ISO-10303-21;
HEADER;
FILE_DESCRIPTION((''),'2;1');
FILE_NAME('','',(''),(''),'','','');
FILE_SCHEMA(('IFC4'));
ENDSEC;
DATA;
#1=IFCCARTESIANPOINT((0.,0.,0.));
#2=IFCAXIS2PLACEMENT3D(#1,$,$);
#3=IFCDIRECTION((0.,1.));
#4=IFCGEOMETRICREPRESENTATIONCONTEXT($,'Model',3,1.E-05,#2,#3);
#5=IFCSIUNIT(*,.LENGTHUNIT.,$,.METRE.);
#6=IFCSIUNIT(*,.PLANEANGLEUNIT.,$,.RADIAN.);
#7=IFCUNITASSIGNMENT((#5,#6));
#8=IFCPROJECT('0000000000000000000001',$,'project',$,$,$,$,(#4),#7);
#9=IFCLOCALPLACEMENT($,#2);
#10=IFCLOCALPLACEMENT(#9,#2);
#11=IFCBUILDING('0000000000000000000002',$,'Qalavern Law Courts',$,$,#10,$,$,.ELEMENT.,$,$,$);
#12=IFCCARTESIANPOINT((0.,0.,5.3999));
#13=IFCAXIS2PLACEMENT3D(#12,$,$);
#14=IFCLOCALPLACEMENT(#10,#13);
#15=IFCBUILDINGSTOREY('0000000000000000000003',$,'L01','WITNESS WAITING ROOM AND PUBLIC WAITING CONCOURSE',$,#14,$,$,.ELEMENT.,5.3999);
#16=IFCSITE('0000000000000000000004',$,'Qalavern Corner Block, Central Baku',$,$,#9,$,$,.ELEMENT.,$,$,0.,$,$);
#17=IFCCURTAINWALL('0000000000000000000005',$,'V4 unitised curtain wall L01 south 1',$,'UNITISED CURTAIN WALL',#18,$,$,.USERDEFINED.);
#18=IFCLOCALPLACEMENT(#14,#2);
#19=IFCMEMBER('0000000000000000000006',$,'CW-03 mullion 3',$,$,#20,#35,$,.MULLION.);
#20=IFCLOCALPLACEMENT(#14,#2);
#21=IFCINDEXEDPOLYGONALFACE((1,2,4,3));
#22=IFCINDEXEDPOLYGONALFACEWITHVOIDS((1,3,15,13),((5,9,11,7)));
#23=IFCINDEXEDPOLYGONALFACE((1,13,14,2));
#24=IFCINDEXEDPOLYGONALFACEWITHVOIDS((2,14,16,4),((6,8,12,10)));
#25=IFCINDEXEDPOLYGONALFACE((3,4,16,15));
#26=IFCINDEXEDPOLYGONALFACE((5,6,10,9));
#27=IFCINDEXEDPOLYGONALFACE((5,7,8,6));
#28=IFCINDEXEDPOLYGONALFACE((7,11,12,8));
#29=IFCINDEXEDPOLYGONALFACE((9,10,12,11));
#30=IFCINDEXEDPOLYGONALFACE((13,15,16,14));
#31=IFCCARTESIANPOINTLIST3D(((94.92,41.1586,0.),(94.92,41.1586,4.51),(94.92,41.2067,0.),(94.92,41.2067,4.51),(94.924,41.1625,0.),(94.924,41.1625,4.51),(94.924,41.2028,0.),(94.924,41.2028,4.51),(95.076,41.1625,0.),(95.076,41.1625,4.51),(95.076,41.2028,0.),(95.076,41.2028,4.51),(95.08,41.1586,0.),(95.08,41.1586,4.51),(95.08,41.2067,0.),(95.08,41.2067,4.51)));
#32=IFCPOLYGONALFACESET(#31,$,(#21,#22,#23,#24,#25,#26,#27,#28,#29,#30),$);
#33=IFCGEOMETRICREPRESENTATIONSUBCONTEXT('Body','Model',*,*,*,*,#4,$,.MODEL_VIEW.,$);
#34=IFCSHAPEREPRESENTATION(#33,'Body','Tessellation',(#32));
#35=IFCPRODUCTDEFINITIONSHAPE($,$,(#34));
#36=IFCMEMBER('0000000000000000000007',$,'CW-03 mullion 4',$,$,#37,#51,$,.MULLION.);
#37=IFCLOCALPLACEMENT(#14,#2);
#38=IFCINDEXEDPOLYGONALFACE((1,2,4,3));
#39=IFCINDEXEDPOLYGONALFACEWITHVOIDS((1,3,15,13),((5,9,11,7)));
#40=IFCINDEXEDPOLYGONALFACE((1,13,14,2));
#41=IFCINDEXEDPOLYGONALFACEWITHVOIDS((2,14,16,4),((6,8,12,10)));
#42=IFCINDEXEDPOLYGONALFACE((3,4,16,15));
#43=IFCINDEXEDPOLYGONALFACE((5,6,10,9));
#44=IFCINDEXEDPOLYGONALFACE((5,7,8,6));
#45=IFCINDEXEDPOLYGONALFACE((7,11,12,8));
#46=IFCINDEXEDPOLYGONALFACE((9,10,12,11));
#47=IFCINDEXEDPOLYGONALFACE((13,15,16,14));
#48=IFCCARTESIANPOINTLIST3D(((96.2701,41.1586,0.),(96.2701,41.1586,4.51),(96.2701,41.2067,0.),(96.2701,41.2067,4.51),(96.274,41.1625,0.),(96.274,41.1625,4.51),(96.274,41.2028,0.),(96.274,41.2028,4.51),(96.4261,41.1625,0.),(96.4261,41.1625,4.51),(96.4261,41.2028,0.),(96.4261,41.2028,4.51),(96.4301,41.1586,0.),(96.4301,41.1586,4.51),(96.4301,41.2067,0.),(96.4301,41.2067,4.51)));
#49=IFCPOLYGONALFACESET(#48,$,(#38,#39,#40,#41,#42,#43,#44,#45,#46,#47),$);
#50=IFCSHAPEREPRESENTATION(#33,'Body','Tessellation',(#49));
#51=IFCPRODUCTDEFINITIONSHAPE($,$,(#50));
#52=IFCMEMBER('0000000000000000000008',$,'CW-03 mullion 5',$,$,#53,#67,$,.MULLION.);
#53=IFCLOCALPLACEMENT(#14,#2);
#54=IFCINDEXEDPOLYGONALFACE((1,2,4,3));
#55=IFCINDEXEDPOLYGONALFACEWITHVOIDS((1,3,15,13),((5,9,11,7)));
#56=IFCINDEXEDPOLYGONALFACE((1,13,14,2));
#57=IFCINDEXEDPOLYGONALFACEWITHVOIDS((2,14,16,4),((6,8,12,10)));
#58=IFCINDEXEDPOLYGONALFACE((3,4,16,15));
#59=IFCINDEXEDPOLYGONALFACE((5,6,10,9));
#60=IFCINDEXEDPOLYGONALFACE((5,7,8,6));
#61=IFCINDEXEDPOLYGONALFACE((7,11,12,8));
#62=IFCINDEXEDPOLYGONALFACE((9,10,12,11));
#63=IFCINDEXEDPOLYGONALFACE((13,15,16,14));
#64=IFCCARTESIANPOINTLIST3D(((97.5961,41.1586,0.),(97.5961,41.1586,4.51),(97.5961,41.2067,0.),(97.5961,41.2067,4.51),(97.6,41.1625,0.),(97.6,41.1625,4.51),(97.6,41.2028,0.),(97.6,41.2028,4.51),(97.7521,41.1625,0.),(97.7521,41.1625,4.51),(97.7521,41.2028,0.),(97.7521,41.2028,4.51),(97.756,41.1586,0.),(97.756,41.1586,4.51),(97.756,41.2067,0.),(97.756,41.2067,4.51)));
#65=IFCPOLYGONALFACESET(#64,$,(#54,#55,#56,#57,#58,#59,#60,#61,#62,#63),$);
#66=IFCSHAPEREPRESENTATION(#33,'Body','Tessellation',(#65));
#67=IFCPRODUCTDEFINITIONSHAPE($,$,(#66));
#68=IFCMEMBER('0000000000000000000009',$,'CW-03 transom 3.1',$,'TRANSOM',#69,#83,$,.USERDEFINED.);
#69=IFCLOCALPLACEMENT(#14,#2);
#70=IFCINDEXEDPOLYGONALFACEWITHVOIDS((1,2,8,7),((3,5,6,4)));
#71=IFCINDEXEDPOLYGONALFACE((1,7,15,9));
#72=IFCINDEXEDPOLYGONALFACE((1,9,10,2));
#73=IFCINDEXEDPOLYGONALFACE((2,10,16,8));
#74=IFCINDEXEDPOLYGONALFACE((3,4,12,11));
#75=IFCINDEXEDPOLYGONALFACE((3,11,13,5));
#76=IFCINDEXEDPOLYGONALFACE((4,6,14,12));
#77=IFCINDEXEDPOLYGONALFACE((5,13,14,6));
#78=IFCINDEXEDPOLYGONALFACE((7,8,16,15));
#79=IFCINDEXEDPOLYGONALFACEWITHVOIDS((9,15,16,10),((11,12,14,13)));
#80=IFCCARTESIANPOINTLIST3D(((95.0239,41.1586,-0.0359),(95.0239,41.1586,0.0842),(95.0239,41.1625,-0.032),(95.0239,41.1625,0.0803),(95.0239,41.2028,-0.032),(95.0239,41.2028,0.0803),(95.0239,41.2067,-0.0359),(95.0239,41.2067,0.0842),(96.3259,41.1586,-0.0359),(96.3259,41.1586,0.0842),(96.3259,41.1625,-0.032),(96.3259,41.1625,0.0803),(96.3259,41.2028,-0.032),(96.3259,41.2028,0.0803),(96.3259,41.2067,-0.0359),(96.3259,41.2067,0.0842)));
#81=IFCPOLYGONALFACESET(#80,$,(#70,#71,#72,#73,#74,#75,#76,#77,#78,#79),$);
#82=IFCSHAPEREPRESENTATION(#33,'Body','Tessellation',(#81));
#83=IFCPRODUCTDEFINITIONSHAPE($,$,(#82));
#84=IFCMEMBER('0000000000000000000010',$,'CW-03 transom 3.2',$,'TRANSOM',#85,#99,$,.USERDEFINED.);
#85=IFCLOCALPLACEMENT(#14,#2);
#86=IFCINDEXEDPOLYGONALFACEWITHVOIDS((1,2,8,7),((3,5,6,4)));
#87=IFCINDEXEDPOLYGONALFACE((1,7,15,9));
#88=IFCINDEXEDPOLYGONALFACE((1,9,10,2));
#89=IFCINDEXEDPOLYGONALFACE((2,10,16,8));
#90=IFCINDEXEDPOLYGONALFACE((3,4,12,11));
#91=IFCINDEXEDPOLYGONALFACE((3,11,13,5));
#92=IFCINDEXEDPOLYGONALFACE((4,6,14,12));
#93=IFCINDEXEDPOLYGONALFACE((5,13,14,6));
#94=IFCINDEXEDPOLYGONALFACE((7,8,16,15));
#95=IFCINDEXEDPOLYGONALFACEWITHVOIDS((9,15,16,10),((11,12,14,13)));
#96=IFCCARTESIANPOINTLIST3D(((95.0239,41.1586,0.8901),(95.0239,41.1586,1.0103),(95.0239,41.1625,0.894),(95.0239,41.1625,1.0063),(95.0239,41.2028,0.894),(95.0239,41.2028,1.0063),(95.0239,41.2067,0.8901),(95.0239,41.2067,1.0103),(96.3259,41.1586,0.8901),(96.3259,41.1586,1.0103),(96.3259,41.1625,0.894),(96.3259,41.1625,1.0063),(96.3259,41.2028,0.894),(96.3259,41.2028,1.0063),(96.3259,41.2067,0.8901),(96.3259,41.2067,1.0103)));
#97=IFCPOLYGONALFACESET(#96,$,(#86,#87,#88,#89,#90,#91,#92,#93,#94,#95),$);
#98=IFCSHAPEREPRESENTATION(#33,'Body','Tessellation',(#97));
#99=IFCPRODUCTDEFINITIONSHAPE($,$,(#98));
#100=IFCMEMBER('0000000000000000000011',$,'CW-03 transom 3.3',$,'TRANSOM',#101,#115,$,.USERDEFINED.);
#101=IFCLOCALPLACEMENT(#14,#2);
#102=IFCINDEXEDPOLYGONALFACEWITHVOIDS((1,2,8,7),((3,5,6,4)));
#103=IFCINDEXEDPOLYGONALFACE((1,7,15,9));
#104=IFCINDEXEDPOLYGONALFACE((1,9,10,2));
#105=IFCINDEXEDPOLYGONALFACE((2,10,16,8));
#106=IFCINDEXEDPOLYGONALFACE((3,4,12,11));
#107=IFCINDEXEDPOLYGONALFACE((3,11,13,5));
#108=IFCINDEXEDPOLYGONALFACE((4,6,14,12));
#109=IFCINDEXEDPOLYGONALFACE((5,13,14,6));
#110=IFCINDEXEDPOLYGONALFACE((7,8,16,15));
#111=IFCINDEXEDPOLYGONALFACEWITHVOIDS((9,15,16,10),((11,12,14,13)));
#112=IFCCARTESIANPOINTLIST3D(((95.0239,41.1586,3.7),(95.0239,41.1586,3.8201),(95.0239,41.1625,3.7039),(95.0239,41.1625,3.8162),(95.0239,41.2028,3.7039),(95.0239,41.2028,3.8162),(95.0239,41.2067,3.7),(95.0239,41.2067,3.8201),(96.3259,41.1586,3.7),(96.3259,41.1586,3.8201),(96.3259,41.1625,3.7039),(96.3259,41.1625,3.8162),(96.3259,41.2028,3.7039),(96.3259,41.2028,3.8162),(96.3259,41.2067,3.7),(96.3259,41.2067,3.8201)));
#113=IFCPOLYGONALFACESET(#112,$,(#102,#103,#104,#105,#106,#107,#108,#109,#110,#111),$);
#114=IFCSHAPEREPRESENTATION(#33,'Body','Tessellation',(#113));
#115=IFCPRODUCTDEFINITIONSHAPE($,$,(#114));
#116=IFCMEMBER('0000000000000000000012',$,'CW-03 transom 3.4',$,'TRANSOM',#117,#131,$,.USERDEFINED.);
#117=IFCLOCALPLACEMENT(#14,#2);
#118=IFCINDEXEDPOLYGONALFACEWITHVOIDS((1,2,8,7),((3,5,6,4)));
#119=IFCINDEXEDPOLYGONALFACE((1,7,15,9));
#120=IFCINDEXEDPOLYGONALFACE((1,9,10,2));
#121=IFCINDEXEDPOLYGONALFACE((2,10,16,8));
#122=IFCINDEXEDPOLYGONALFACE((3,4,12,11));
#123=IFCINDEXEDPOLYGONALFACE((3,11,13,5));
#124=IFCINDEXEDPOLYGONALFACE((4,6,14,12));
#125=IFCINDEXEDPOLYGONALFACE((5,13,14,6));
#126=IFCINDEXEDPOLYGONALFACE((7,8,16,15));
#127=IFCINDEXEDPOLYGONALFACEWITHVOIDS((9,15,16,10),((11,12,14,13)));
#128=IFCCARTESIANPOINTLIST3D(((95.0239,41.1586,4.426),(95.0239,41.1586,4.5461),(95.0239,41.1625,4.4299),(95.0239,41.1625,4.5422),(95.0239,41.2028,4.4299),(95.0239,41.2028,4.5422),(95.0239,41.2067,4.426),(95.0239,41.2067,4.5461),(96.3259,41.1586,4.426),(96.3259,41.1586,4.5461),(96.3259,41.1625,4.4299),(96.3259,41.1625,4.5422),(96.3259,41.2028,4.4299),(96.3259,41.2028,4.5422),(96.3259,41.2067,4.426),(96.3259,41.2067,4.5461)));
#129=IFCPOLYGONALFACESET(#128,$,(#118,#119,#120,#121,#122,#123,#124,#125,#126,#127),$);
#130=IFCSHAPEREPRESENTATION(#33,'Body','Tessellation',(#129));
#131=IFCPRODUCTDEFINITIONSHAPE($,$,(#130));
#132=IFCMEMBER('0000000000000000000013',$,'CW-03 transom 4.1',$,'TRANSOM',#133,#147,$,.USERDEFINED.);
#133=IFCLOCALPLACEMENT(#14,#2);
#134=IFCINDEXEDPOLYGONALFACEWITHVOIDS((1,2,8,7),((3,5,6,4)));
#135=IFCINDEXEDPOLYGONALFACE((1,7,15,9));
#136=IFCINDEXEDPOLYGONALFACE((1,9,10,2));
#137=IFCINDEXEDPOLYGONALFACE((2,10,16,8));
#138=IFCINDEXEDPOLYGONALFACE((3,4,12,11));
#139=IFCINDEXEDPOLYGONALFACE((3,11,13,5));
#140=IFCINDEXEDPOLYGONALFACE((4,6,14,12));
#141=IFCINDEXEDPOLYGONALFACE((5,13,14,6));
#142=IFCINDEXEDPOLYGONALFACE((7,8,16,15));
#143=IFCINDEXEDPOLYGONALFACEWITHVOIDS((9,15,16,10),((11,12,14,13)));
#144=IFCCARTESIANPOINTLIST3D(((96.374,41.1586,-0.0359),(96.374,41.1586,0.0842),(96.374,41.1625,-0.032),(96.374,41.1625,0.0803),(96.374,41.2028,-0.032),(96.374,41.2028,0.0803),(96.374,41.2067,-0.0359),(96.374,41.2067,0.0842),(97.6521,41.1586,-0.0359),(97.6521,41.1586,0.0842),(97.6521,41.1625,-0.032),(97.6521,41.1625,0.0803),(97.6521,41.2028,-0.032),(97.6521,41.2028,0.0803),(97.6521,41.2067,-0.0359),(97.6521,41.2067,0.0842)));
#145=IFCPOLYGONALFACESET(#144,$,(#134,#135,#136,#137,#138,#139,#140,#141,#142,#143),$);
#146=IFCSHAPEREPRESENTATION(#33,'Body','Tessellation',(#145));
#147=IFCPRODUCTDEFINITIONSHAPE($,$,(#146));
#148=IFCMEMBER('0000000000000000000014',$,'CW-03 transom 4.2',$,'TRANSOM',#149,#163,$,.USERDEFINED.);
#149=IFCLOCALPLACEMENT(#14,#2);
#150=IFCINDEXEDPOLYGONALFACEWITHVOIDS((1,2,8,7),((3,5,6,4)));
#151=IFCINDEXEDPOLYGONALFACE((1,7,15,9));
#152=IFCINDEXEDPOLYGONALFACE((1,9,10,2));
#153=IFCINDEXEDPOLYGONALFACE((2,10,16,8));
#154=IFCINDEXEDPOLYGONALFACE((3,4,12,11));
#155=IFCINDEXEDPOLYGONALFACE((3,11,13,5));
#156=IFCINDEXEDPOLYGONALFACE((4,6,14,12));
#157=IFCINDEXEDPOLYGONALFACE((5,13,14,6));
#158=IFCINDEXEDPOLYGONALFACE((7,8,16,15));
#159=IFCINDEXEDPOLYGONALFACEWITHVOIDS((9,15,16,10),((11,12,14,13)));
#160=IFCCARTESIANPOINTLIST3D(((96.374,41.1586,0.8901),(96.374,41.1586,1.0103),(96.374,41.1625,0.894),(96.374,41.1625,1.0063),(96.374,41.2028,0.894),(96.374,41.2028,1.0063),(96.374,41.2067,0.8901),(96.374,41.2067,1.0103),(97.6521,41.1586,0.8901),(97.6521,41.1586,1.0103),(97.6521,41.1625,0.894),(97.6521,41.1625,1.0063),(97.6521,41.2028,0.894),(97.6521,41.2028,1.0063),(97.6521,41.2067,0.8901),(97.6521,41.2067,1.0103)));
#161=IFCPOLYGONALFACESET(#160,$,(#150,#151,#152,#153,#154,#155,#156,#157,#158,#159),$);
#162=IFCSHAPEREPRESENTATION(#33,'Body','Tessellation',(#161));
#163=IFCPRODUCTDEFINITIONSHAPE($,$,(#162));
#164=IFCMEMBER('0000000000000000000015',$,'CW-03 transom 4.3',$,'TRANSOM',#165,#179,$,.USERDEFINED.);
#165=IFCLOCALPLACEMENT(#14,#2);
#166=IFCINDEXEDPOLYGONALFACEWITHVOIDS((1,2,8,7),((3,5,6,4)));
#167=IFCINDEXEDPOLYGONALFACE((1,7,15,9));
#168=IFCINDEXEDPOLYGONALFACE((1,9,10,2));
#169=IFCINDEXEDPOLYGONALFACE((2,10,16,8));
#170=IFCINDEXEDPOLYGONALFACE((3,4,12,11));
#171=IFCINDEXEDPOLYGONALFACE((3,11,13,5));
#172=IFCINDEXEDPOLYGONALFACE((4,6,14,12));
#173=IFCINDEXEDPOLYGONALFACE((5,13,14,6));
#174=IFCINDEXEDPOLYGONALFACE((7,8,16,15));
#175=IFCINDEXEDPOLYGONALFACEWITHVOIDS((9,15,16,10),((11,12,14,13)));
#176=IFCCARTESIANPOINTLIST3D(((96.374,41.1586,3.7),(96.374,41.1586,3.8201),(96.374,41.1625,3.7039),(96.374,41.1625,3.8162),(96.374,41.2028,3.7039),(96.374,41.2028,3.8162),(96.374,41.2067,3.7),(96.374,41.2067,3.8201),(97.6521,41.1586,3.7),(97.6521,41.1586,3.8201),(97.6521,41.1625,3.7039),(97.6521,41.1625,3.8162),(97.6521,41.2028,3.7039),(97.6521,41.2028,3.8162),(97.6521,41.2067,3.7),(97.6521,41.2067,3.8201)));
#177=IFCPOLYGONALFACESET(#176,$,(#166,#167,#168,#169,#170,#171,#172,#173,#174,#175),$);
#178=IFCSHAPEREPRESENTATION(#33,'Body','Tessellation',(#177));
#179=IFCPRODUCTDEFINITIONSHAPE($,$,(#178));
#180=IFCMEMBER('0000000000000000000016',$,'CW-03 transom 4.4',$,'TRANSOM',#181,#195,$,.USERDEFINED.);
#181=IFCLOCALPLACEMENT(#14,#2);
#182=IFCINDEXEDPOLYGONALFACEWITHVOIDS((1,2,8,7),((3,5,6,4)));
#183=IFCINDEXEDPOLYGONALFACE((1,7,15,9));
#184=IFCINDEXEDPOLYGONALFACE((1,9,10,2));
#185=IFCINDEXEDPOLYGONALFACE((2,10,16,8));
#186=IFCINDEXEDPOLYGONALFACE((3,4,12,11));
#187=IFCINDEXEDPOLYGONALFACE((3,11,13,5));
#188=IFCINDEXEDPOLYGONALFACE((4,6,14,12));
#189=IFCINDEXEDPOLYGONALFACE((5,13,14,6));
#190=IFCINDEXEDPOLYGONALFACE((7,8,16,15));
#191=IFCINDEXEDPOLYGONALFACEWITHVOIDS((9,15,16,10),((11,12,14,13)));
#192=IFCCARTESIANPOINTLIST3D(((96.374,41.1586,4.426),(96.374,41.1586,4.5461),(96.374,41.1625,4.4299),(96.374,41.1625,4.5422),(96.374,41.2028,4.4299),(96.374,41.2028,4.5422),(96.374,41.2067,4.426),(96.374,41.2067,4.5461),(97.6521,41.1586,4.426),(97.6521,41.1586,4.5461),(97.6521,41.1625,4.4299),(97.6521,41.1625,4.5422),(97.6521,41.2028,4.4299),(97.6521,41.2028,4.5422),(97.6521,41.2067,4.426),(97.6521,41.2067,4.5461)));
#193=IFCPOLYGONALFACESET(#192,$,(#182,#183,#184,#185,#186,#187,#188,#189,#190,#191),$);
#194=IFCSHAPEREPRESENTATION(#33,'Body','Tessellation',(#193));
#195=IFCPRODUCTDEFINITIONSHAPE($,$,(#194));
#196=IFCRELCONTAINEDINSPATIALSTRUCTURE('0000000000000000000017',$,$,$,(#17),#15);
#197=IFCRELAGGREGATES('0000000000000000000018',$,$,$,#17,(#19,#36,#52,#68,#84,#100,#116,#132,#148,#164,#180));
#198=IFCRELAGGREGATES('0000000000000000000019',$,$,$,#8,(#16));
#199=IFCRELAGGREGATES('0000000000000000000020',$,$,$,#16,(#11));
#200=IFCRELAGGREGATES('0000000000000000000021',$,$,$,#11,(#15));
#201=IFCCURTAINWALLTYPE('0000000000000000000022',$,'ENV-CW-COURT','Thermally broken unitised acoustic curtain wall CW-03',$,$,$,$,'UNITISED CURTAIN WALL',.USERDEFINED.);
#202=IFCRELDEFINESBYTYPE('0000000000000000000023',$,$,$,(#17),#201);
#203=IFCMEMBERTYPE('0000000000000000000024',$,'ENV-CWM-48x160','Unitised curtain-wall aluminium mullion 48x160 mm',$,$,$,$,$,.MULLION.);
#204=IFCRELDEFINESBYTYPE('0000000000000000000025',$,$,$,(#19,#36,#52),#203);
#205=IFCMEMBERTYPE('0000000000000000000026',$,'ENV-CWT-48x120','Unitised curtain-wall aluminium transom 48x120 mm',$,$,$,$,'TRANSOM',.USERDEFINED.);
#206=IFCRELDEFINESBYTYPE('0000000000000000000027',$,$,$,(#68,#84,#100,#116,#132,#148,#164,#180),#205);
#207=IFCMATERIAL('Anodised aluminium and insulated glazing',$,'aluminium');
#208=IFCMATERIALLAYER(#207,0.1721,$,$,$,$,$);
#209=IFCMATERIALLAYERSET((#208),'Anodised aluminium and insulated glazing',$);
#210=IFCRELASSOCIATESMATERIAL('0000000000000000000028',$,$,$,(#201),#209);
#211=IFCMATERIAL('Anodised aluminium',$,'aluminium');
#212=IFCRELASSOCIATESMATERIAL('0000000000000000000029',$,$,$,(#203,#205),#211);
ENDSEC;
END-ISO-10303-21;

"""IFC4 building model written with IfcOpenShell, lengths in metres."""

from ifc_helpers import new_model, si_unit, direction, frame, origin, origin_2d, place, context, subcontext, project, spatial, hollow_rectangle, extrude, material, layer, layer_set, material_profile, profile_set, type_object, element, aggregate, save


model = new_model("IFC4")

# Units and contexts
model_context = context("Model", 3, precision=1e-05, world=origin(), true_north=direction((0.0, 1.0)))
body_context = subcontext(model_context, "Body", "Model", "MODEL_VIEW")
ifc_project = project(units=[si_unit("LENGTHUNIT", "METRE"), si_unit("PLANEANGLEUNIT", "RADIAN")], contexts=[model_context])

# Site, building, storey
site_placement = place(None, origin())
site = spatial("IfcSite", under=ifc_project, at=site_placement, Name="Qalavern Corner Block, Central Baku", CompositionType="ELEMENT", RefElevation=0.0)
building_placement = place(site_placement, origin())
building = spatial("IfcBuilding", under=site, at=building_placement, Name="Qalavern Law Courts", CompositionType="ELEMENT")
storey_placement = place(building_placement, frame((0.0, 0.0, 5.3999)))
storey = spatial("IfcBuildingStorey", under=building, at=storey_placement, Name="L01", Description="WITNESS WAITING ROOM AND PUBLIC WAITING CONCOURSE", CompositionType="ELEMENT", Elevation=5.3999)

# Curtain wall, members
ifc_material_1 = material(Name="Anodised aluminium and insulated glazing", Category="aluminium")
ifc_layer_1 = layer(ifc_material_1, 0.1721)
ifc_layer_set_1 = layer_set([ifc_layer_1], Name="Anodised aluminium and insulated glazing")
curtain_wall_type = type_object("IfcCurtainWallType", Name="ENV-CW-COURT", Description="Thermally broken unitised acoustic curtain wall CW-03", ElementType="UNITISED CURTAIN WALL", PredefinedType="USERDEFINED", material=ifc_layer_set_1)
curtain_wall_placement = place(storey_placement, origin())
curtain_wall = element("IfcCurtainWall", 1, at=curtain_wall_placement, inside=storey, type_object=curtain_wall_type, Name="V4 unitised curtain wall L01 south 1", ObjectType="UNITISED CURTAIN WALL", PredefinedType="USERDEFINED")
ifc_material_2 = material(Name="Anodised aluminium", Category="aluminium")
ifc_material_profile_1 = material_profile(ifc_material_2, hollow_rectangle(XDim=0.0481, YDim=0.1599, WallThickness=0.0039, at=origin_2d()), Name="ALU MULLION 48x160")
ifc_profile_set_1 = profile_set([ifc_material_profile_1], Name="Anodised aluminium")
member_type_1 = type_object("IfcMemberType", Name="ENV-CWM-48x160", Description="Unitised curtain-wall aluminium mullion 48x160 mm", PredefinedType="MULLION", material=ifc_profile_set_1)
member_1_placement = place(storey_placement, frame((95.0, 41.1826, 0.0), z_axis=(0.0, 0.0, 1.0), x_axis=(0.0, 1.0, 0.0)))
member_1 = element("IfcMember", 2, at=member_1_placement, type_object=member_type_1, Name="CW-03 mullion 3", PredefinedType="MULLION", context=body_context, shape_type="SweptSolid", body=[
    extrude(hollow_rectangle(XDim=0.0481, YDim=0.1599, WallThickness=0.0039, at=origin_2d()), origin(), (0.0, 0.0, 1.0), 4.51),
])
member_2_placement = place(storey_placement, frame((96.3501, 41.1826, 0.0), z_axis=(0.0, 0.0, 1.0), x_axis=(0.0, 1.0, 0.0)))
member_2 = element("IfcMember", 3, at=member_2_placement, type_object=member_type_1, Name="CW-03 mullion 4", PredefinedType="MULLION", context=body_context, shape_type="SweptSolid", body=[
    extrude(hollow_rectangle(XDim=0.0481, YDim=0.1599, WallThickness=0.0039, at=origin_2d()), origin(), (0.0, 0.0, 1.0), 4.51),
])
member_3_placement = place(storey_placement, frame((97.676, 41.1826, 0.0), z_axis=(0.0, 0.0, 1.0), x_axis=(0.0, 1.0, 0.0)))
member_3 = element("IfcMember", 4, at=member_3_placement, type_object=member_type_1, Name="CW-03 mullion 5", PredefinedType="MULLION", context=body_context, shape_type="SweptSolid", body=[
    extrude(hollow_rectangle(XDim=0.0481, YDim=0.1599, WallThickness=0.0039, at=origin_2d()), origin(), (0.0, 0.0, 1.0), 4.51),
])
ifc_material_profile_2 = material_profile(ifc_material_2, hollow_rectangle(XDim=0.0481, YDim=0.1201, WallThickness=0.0039, at=origin_2d()), Name="ALU TRANSOM 48x120")
ifc_profile_set_2 = profile_set([ifc_material_profile_2], Name="Anodised aluminium")
member_type_2 = type_object("IfcMemberType", Name="ENV-CWT-48x120", Description="Unitised curtain-wall aluminium transom 48x120 mm", ElementType="TRANSOM", PredefinedType="USERDEFINED", material=ifc_profile_set_2)
member_4_placement = place(storey_placement, frame((95.0239, 41.1826, 0.0242), z_axis=(1.0, 0.0, 0.0), x_axis=(0.0, 1.0, 0.0)))
member_4 = element("IfcMember", 5, at=member_4_placement, type_object=member_type_2, Name="CW-03 transom 3.1", ObjectType="TRANSOM", PredefinedType="USERDEFINED", context=body_context, shape_type="SweptSolid", body=[
    extrude(hollow_rectangle(XDim=0.0481, YDim=0.1201, WallThickness=0.0039, at=origin_2d()), origin(), (0.0, 0.0, 1.0), 1.302),
])
member_5_placement = place(storey_placement, frame((95.0239, 41.1826, 0.9502), z_axis=(1.0, 0.0, 0.0), x_axis=(0.0, 1.0, 0.0)))
member_5 = element("IfcMember", 6, at=member_5_placement, type_object=member_type_2, Name="CW-03 transom 3.2", ObjectType="TRANSOM", PredefinedType="USERDEFINED", context=body_context, shape_type="SweptSolid", body=[
    extrude(hollow_rectangle(XDim=0.0481, YDim=0.1201, WallThickness=0.0039, at=origin_2d()), origin(), (0.0, 0.0, 1.0), 1.302),
])
member_6_placement = place(storey_placement, frame((95.0239, 41.1826, 3.76), z_axis=(1.0, 0.0, 0.0), x_axis=(0.0, 1.0, 0.0)))
member_6 = element("IfcMember", 7, at=member_6_placement, type_object=member_type_2, Name="CW-03 transom 3.3", ObjectType="TRANSOM", PredefinedType="USERDEFINED", context=body_context, shape_type="SweptSolid", body=[
    extrude(hollow_rectangle(XDim=0.0481, YDim=0.1201, WallThickness=0.0039, at=origin_2d()), origin(), (0.0, 0.0, 1.0), 1.302),
])
member_7_placement = place(storey_placement, frame((95.0239, 41.1826, 4.4861), z_axis=(1.0, 0.0, 0.0), x_axis=(0.0, 1.0, 0.0)))
member_7 = element("IfcMember", 8, at=member_7_placement, type_object=member_type_2, Name="CW-03 transom 3.4", ObjectType="TRANSOM", PredefinedType="USERDEFINED", context=body_context, shape_type="SweptSolid", body=[
    extrude(hollow_rectangle(XDim=0.0481, YDim=0.1201, WallThickness=0.0039, at=origin_2d()), origin(), (0.0, 0.0, 1.0), 1.302),
])
member_8_placement = place(storey_placement, frame((96.374, 41.1826, 0.0242), z_axis=(1.0, 0.0, 0.0), x_axis=(0.0, 1.0, 0.0)))
member_8 = element("IfcMember", 9, at=member_8_placement, type_object=member_type_2, Name="CW-03 transom 4.1", ObjectType="TRANSOM", PredefinedType="USERDEFINED", context=body_context, shape_type="SweptSolid", body=[
    extrude(hollow_rectangle(XDim=0.0481, YDim=0.1201, WallThickness=0.0039, at=origin_2d()), origin(), (0.0, 0.0, 1.0), 1.2781),
])
member_9_placement = place(storey_placement, frame((96.374, 41.1826, 0.9502), z_axis=(1.0, 0.0, 0.0), x_axis=(0.0, 1.0, 0.0)))
member_9 = element("IfcMember", 10, at=member_9_placement, type_object=member_type_2, Name="CW-03 transom 4.2", ObjectType="TRANSOM", PredefinedType="USERDEFINED", context=body_context, shape_type="SweptSolid", body=[
    extrude(hollow_rectangle(XDim=0.0481, YDim=0.1201, WallThickness=0.0039, at=origin_2d()), origin(), (0.0, 0.0, 1.0), 1.2781),
])
member_10_placement = place(storey_placement, frame((96.374, 41.1826, 3.76), z_axis=(1.0, 0.0, 0.0), x_axis=(0.0, 1.0, 0.0)))
member_10 = element("IfcMember", 11, at=member_10_placement, type_object=member_type_2, Name="CW-03 transom 4.3", ObjectType="TRANSOM", PredefinedType="USERDEFINED", context=body_context, shape_type="SweptSolid", body=[
    extrude(hollow_rectangle(XDim=0.0481, YDim=0.1201, WallThickness=0.0039, at=origin_2d()), origin(), (0.0, 0.0, 1.0), 1.2781),
])
member_11_placement = place(storey_placement, frame((96.374, 41.1826, 4.4861), z_axis=(1.0, 0.0, 0.0), x_axis=(0.0, 1.0, 0.0)))
member_11 = element("IfcMember", 12, at=member_11_placement, type_object=member_type_2, Name="CW-03 transom 4.4", ObjectType="TRANSOM", PredefinedType="USERDEFINED", context=body_context, shape_type="SweptSolid", body=[
    extrude(hollow_rectangle(XDim=0.0481, YDim=0.1201, WallThickness=0.0039, at=origin_2d()), origin(), (0.0, 0.0, 1.0), 1.2781),
])
aggregate(curtain_wall, [member_1, member_2, member_3, member_4, member_5, member_6, member_7, member_8, member_9, member_10, member_11])

save(model, "model.ifc")
